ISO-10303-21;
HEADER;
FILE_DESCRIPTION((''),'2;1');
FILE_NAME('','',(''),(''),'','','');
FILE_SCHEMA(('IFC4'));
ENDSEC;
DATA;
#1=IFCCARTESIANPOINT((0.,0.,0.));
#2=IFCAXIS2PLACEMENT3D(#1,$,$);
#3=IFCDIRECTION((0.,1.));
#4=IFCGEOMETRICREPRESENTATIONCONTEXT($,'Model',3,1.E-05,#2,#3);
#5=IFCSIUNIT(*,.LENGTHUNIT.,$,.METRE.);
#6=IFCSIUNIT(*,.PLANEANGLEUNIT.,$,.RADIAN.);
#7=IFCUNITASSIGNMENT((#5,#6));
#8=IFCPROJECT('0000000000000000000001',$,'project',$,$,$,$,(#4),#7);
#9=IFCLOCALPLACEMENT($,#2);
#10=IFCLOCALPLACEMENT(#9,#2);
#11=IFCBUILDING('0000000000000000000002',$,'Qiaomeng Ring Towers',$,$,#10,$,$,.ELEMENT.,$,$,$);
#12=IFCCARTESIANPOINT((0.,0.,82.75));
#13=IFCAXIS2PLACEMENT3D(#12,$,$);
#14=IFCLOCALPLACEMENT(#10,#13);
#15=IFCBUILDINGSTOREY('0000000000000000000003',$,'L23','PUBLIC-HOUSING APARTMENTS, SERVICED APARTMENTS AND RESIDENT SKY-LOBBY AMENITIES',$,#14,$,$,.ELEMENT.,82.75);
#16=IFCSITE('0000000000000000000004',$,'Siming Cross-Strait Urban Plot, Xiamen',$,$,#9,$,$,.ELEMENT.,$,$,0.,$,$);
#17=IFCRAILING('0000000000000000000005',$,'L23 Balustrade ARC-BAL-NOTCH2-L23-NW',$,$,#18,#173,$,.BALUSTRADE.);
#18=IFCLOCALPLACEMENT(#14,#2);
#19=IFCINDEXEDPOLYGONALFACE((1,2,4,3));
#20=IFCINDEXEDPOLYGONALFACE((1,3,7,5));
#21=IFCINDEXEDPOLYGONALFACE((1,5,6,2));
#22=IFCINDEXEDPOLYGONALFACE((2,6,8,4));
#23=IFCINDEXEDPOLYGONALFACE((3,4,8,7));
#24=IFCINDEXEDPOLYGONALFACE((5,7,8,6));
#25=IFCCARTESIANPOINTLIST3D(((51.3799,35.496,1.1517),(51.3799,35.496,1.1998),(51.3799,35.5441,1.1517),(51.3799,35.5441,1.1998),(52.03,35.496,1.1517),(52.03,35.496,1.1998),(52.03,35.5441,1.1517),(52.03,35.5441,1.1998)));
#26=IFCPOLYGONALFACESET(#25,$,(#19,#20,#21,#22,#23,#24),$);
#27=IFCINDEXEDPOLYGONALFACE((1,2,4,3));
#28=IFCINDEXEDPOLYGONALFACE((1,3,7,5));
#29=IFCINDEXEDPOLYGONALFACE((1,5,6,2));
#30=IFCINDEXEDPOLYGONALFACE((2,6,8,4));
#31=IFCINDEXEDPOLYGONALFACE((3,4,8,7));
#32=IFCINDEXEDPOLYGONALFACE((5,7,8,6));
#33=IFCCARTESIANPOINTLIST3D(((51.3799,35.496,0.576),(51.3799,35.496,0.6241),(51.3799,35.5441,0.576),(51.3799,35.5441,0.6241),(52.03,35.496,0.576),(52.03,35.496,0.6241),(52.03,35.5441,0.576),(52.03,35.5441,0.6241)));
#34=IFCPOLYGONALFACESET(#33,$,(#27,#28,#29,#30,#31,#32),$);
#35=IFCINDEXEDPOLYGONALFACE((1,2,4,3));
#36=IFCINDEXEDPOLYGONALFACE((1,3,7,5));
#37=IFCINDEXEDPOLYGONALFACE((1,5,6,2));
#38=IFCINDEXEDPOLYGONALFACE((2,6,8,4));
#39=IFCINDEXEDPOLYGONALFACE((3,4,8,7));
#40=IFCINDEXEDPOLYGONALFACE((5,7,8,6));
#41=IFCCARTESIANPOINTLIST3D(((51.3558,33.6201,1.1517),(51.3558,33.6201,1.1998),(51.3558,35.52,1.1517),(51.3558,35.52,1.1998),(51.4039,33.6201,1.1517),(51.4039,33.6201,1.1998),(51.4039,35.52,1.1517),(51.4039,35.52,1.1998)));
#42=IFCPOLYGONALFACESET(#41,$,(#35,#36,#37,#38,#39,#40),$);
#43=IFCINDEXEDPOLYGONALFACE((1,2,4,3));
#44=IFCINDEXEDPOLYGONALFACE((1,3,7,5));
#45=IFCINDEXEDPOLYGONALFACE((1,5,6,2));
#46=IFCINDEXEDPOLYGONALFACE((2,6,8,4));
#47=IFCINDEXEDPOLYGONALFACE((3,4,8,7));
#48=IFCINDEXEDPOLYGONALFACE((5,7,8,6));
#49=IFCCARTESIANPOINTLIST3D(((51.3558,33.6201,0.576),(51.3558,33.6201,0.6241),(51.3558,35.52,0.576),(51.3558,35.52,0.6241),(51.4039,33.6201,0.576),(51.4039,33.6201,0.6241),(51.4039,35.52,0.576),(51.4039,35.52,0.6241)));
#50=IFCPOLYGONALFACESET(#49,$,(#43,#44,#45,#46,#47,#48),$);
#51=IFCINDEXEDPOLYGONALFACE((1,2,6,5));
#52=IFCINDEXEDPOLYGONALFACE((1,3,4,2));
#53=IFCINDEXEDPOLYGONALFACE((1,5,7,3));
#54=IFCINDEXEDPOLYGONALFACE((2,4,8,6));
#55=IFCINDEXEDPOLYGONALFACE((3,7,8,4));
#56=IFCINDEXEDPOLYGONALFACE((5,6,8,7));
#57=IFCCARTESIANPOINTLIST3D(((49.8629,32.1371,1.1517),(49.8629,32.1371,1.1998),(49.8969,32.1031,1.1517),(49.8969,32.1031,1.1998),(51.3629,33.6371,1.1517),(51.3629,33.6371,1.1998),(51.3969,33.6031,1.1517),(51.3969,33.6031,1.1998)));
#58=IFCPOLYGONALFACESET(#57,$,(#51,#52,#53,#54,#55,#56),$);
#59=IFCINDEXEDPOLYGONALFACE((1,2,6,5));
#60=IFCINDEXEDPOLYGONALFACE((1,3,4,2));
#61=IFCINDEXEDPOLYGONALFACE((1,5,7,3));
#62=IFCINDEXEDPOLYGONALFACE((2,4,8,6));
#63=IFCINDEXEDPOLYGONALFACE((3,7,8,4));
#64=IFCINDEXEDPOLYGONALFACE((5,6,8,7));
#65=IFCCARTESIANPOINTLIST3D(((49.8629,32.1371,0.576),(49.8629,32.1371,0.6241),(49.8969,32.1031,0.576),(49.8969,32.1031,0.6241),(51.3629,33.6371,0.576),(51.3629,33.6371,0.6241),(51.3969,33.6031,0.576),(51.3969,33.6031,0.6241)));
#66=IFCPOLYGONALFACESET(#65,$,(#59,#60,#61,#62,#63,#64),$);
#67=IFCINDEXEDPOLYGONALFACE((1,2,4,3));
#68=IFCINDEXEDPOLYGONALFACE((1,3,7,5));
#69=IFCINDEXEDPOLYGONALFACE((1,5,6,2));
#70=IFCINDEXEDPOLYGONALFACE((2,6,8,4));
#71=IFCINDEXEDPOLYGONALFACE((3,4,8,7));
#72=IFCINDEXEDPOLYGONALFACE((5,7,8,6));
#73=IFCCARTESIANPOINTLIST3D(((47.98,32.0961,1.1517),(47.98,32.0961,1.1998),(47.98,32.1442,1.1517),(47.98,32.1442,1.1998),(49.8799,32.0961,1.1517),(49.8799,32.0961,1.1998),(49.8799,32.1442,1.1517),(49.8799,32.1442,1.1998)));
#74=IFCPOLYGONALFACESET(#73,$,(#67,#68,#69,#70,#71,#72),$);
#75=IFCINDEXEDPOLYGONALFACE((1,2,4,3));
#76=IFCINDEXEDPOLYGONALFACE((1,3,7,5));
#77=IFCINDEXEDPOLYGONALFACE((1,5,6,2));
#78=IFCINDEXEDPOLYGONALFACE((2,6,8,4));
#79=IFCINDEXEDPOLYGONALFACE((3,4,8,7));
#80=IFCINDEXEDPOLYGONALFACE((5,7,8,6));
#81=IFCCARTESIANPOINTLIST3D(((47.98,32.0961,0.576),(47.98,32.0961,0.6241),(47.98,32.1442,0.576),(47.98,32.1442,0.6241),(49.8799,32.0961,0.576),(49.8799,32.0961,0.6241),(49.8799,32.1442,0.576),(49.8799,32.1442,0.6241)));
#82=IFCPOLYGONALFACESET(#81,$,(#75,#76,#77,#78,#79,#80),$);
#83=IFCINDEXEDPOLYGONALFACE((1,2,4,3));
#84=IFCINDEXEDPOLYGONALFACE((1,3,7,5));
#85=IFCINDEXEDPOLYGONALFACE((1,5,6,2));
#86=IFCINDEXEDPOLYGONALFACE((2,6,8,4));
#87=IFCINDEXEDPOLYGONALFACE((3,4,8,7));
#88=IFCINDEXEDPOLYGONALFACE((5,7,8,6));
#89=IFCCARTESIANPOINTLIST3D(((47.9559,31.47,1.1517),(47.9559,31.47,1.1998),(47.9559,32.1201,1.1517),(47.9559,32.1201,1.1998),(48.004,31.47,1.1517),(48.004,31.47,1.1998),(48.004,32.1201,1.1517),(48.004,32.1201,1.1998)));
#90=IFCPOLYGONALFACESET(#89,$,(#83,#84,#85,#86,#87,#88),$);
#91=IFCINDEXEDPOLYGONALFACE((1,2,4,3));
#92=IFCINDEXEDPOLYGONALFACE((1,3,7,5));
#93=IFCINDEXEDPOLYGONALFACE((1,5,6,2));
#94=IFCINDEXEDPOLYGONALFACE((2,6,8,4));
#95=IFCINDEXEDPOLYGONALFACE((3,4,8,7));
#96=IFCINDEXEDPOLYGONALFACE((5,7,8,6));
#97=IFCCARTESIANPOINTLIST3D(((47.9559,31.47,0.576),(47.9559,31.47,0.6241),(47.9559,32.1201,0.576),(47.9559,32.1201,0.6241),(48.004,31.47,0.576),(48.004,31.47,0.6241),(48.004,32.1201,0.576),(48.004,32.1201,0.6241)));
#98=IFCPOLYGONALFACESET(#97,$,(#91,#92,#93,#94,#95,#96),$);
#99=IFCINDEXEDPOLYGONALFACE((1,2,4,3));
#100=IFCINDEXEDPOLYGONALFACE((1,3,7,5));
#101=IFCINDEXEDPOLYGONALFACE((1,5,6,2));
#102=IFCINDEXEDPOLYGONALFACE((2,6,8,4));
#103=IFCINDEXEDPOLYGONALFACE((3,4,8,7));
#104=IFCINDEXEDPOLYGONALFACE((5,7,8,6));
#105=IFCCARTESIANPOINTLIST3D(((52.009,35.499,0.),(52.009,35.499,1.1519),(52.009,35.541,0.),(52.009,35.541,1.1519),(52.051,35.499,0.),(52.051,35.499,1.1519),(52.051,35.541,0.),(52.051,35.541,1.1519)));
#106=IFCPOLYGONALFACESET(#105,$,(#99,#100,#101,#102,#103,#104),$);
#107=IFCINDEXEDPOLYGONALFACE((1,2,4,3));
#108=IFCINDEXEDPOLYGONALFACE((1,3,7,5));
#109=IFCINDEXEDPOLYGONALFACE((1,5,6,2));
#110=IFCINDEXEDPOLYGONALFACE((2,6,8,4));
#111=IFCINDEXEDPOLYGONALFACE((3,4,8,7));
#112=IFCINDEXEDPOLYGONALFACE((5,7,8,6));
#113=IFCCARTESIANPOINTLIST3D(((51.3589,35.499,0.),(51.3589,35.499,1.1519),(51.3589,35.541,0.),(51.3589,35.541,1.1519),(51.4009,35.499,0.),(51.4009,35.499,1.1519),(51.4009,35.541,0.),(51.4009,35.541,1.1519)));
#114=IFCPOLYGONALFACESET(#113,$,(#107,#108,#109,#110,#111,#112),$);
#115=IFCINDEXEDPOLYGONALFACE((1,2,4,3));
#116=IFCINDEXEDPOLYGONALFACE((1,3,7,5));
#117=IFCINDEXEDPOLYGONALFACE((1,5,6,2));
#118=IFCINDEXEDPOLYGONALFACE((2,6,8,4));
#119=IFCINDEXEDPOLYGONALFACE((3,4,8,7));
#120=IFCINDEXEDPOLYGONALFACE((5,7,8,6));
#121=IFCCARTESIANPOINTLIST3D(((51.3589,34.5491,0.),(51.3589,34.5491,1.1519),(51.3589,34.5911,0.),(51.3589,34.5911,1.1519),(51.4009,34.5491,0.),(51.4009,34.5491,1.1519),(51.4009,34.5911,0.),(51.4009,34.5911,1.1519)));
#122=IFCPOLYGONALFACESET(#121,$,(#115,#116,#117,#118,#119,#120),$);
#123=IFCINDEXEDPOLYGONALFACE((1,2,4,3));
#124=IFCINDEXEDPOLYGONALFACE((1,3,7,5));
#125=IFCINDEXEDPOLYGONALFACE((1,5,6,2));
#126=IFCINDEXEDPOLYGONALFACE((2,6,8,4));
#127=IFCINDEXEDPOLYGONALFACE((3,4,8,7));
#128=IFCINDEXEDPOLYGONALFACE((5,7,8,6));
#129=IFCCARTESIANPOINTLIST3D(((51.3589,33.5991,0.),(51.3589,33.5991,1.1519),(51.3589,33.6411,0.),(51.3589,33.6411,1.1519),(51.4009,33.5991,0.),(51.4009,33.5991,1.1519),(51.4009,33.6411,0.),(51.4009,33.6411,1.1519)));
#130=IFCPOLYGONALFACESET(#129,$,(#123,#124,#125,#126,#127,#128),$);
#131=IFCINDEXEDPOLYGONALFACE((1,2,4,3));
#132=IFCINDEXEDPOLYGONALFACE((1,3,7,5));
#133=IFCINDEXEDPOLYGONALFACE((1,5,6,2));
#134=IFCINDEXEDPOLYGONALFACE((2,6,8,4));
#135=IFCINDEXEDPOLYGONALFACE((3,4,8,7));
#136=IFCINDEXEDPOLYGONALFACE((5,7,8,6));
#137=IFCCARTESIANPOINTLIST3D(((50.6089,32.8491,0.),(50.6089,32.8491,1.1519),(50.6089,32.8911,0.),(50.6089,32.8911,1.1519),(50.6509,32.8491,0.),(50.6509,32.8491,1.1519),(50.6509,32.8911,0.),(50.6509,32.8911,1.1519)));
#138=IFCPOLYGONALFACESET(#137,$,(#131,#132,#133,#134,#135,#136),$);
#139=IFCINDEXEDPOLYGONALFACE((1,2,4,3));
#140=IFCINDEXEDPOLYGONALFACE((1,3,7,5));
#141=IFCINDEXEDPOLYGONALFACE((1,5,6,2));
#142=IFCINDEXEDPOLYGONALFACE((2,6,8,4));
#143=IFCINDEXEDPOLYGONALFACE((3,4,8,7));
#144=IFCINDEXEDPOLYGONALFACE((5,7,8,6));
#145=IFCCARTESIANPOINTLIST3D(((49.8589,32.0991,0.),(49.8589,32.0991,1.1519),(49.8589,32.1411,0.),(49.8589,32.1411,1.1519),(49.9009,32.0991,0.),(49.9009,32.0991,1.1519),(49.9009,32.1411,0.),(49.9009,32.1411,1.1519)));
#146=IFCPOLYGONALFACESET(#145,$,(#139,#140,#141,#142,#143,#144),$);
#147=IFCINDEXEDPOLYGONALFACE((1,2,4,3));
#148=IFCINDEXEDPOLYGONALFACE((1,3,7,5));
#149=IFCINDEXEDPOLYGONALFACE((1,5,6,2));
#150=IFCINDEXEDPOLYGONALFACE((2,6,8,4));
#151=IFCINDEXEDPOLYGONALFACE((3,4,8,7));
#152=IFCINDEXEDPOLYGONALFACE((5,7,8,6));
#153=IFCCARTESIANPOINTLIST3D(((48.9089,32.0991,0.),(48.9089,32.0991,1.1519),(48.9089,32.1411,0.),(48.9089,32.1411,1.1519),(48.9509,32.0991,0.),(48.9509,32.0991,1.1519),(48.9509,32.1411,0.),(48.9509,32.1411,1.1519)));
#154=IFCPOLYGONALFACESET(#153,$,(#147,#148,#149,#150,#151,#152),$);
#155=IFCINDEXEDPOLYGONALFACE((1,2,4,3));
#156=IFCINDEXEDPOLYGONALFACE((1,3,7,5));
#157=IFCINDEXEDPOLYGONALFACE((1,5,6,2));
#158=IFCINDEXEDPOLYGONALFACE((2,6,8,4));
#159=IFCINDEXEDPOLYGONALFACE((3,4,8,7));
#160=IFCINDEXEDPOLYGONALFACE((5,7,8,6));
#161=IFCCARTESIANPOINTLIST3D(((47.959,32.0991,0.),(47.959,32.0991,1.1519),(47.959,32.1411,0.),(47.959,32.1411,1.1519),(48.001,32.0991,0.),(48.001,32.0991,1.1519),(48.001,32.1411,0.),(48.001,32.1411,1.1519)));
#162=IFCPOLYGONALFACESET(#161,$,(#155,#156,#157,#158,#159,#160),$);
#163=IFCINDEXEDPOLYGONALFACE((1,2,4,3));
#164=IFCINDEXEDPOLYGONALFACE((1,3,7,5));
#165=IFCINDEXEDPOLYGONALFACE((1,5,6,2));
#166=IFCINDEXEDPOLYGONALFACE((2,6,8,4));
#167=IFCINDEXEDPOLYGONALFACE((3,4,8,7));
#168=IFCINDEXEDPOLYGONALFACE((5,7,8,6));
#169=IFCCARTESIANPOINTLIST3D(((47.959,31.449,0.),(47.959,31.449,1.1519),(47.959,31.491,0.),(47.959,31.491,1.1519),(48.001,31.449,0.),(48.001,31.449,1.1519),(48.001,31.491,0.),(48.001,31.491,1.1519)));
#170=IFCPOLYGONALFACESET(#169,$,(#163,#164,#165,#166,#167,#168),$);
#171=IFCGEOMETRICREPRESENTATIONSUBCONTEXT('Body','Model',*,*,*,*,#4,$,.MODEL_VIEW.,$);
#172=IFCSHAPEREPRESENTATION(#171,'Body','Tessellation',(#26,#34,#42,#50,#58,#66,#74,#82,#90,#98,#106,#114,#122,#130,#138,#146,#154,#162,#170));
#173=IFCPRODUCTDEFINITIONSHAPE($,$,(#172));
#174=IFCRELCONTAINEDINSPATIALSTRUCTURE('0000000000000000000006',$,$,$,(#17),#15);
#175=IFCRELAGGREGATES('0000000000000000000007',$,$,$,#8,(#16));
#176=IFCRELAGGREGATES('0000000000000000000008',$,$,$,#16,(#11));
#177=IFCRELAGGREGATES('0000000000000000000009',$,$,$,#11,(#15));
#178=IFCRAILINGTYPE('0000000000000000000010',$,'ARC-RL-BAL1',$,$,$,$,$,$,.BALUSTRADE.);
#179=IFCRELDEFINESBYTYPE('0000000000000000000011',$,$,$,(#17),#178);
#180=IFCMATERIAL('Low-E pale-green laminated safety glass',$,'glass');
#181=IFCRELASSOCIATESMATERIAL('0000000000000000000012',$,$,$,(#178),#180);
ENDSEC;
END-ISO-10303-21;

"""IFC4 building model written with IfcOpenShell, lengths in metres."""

from ifc_helpers import new_model, si_unit, direction, frame, origin, origin_2d, place, context, subcontext, project, spatial, rectangle, extrude, material, type_object, element, save


model = new_model("IFC4")

# Units and contexts
model_context = context("Model", 3, precision=1e-05, world=origin(), true_north=direction((0.0, 1.0)))
body_context = subcontext(model_context, "Body", "Model", "MODEL_VIEW")
ifc_project = project(units=[si_unit("LENGTHUNIT", "METRE"), si_unit("PLANEANGLEUNIT", "RADIAN")], contexts=[model_context])

# Site, building, storey
site_placement = place(None, origin())
site = spatial("IfcSite", under=ifc_project, at=site_placement, Name="Siming Cross-Strait Urban Plot, Xiamen", CompositionType="ELEMENT", RefElevation=0.0)
building_placement = place(site_placement, origin())
building = spatial("IfcBuilding", under=site, at=building_placement, Name="Qiaomeng Ring Towers", CompositionType="ELEMENT")
storey_placement = place(building_placement, frame((0.0, 0.0, 82.75)))
storey = spatial("IfcBuildingStorey", under=building, at=storey_placement, Name="L23", Description="PUBLIC-HOUSING APARTMENTS, SERVICED APARTMENTS AND RESIDENT SKY-LOBBY AMENITIES", CompositionType="ELEMENT", Elevation=82.75)

# Railing
ifc_material_1 = material(Name="Low-E pale-green laminated safety glass", Category="glass")
railing_type = type_object("IfcRailingType", Name="ARC-RL-BAL1", PredefinedType="BALUSTRADE", material=ifc_material_1)
railing_1_placement = place(storey_placement, frame((52.03, 35.52, 0.0)))
element("IfcRailing", 1, at=railing_1_placement, inside=storey, type_object=railing_type, Name="L23 Balustrade ARC-BAL-NOTCH2-L23-NW", PredefinedType="BALUSTRADE", context=body_context, shape_type="SweptSolid", body=[
    extrude(rectangle(XDim=0.0481, YDim=0.0481, at=origin_2d()), frame((0.0, 0.0, 1.1758), z_axis=(-1.0, 0.0, 0.0), x_axis=(0.0, -1.0, 0.0)), (0.0, 0.0, 1.0), 0.6501),
    extrude(rectangle(XDim=0.0481, YDim=0.0481, at=origin_2d()), frame((0.0, 0.0, 0.6001), z_axis=(-1.0, 0.0, 0.0), x_axis=(0.0, -1.0, 0.0)), (0.0, 0.0, 1.0), 0.6501),
    extrude(rectangle(XDim=0.0481, YDim=0.0481, at=origin_2d()), frame((-0.6501, 0.0, 1.1758), z_axis=(0.0, -1.0, 0.0), x_axis=(1.0, 0.0, 0.0)), (0.0, 0.0, 1.0), 1.8999),
    extrude(rectangle(XDim=0.0481, YDim=0.0481, at=origin_2d()), frame((-0.6501, 0.0, 0.6001), z_axis=(0.0, -1.0, 0.0), x_axis=(1.0, 0.0, 0.0)), (0.0, 0.0, 1.0), 1.8999),
    extrude(rectangle(XDim=0.0481, YDim=0.0481, at=origin_2d()), frame((-0.6501, -1.8999, 1.1758), z_axis=(-0.707107, -0.707107, 0.0), x_axis=(0.707107, -0.707107, 0.0)), (0.0, 0.0, 1.0), 2.1213),
    extrude(rectangle(XDim=0.0481, YDim=0.0481, at=origin_2d()), frame((-0.6501, -1.8999, 0.6001), z_axis=(-0.707107, -0.707107, 0.0), x_axis=(0.707107, -0.707107, 0.0)), (0.0, 0.0, 1.0), 2.1213),
    extrude(rectangle(XDim=0.0481, YDim=0.0481, at=origin_2d()), frame((-2.1501, -3.3999, 1.1758), z_axis=(-1.0, 0.0, 0.0), x_axis=(0.0, -1.0, 0.0)), (0.0, 0.0, 1.0), 1.8999),
    extrude(rectangle(XDim=0.0481, YDim=0.0481, at=origin_2d()), frame((-2.1501, -3.3999, 0.6001), z_axis=(-1.0, 0.0, 0.0), x_axis=(0.0, -1.0, 0.0)), (0.0, 0.0, 1.0), 1.8999),
    extrude(rectangle(XDim=0.0481, YDim=0.0481, at=origin_2d()), frame((-4.05, -3.3999, 1.1758), z_axis=(0.0, -1.0, 0.0), x_axis=(1.0, 0.0, 0.0)), (0.0, 0.0, 1.0), 0.6501),
    extrude(rectangle(XDim=0.0481, YDim=0.0481, at=origin_2d()), frame((-4.05, -3.3999, 0.6001), z_axis=(0.0, -1.0, 0.0), x_axis=(1.0, 0.0, 0.0)), (0.0, 0.0, 1.0), 0.6501),
    extrude(rectangle(XDim=0.042, YDim=0.042, at=origin_2d()), origin(), (0.0, 0.0, 1.0), 1.1519),
    extrude(rectangle(XDim=0.042, YDim=0.042, at=origin_2d()), frame((-0.6501, 0.0, 0.0)), (0.0, 0.0, 1.0), 1.1519),
    extrude(rectangle(XDim=0.042, YDim=0.042, at=origin_2d()), frame((-0.6501, -0.95, 0.0)), (0.0, 0.0, 1.0), 1.1519),
    extrude(rectangle(XDim=0.042, YDim=0.042, at=origin_2d()), frame((-0.6501, -1.8999, 0.0)), (0.0, 0.0, 1.0), 1.1519),
    extrude(rectangle(XDim=0.042, YDim=0.042, at=origin_2d()), frame((-1.4001, -2.6499, 0.0)), (0.0, 0.0, 1.0), 1.1519),
    extrude(rectangle(XDim=0.042, YDim=0.042, at=origin_2d()), frame((-2.1501, -3.3999, 0.0)), (0.0, 0.0, 1.0), 1.1519),
    extrude(rectangle(XDim=0.042, YDim=0.042, at=origin_2d()), frame((-3.1001, -3.3999, 0.0)), (0.0, 0.0, 1.0), 1.1519),
    extrude(rectangle(XDim=0.042, YDim=0.042, at=origin_2d()), frame((-4.05, -3.3999, 0.0)), (0.0, 0.0, 1.0), 1.1519),
    extrude(rectangle(XDim=0.042, YDim=0.042, at=origin_2d()), frame((-4.05, -4.05, 0.0)), (0.0, 0.0, 1.0), 1.1519),
])

save(model, "model.ifc")
